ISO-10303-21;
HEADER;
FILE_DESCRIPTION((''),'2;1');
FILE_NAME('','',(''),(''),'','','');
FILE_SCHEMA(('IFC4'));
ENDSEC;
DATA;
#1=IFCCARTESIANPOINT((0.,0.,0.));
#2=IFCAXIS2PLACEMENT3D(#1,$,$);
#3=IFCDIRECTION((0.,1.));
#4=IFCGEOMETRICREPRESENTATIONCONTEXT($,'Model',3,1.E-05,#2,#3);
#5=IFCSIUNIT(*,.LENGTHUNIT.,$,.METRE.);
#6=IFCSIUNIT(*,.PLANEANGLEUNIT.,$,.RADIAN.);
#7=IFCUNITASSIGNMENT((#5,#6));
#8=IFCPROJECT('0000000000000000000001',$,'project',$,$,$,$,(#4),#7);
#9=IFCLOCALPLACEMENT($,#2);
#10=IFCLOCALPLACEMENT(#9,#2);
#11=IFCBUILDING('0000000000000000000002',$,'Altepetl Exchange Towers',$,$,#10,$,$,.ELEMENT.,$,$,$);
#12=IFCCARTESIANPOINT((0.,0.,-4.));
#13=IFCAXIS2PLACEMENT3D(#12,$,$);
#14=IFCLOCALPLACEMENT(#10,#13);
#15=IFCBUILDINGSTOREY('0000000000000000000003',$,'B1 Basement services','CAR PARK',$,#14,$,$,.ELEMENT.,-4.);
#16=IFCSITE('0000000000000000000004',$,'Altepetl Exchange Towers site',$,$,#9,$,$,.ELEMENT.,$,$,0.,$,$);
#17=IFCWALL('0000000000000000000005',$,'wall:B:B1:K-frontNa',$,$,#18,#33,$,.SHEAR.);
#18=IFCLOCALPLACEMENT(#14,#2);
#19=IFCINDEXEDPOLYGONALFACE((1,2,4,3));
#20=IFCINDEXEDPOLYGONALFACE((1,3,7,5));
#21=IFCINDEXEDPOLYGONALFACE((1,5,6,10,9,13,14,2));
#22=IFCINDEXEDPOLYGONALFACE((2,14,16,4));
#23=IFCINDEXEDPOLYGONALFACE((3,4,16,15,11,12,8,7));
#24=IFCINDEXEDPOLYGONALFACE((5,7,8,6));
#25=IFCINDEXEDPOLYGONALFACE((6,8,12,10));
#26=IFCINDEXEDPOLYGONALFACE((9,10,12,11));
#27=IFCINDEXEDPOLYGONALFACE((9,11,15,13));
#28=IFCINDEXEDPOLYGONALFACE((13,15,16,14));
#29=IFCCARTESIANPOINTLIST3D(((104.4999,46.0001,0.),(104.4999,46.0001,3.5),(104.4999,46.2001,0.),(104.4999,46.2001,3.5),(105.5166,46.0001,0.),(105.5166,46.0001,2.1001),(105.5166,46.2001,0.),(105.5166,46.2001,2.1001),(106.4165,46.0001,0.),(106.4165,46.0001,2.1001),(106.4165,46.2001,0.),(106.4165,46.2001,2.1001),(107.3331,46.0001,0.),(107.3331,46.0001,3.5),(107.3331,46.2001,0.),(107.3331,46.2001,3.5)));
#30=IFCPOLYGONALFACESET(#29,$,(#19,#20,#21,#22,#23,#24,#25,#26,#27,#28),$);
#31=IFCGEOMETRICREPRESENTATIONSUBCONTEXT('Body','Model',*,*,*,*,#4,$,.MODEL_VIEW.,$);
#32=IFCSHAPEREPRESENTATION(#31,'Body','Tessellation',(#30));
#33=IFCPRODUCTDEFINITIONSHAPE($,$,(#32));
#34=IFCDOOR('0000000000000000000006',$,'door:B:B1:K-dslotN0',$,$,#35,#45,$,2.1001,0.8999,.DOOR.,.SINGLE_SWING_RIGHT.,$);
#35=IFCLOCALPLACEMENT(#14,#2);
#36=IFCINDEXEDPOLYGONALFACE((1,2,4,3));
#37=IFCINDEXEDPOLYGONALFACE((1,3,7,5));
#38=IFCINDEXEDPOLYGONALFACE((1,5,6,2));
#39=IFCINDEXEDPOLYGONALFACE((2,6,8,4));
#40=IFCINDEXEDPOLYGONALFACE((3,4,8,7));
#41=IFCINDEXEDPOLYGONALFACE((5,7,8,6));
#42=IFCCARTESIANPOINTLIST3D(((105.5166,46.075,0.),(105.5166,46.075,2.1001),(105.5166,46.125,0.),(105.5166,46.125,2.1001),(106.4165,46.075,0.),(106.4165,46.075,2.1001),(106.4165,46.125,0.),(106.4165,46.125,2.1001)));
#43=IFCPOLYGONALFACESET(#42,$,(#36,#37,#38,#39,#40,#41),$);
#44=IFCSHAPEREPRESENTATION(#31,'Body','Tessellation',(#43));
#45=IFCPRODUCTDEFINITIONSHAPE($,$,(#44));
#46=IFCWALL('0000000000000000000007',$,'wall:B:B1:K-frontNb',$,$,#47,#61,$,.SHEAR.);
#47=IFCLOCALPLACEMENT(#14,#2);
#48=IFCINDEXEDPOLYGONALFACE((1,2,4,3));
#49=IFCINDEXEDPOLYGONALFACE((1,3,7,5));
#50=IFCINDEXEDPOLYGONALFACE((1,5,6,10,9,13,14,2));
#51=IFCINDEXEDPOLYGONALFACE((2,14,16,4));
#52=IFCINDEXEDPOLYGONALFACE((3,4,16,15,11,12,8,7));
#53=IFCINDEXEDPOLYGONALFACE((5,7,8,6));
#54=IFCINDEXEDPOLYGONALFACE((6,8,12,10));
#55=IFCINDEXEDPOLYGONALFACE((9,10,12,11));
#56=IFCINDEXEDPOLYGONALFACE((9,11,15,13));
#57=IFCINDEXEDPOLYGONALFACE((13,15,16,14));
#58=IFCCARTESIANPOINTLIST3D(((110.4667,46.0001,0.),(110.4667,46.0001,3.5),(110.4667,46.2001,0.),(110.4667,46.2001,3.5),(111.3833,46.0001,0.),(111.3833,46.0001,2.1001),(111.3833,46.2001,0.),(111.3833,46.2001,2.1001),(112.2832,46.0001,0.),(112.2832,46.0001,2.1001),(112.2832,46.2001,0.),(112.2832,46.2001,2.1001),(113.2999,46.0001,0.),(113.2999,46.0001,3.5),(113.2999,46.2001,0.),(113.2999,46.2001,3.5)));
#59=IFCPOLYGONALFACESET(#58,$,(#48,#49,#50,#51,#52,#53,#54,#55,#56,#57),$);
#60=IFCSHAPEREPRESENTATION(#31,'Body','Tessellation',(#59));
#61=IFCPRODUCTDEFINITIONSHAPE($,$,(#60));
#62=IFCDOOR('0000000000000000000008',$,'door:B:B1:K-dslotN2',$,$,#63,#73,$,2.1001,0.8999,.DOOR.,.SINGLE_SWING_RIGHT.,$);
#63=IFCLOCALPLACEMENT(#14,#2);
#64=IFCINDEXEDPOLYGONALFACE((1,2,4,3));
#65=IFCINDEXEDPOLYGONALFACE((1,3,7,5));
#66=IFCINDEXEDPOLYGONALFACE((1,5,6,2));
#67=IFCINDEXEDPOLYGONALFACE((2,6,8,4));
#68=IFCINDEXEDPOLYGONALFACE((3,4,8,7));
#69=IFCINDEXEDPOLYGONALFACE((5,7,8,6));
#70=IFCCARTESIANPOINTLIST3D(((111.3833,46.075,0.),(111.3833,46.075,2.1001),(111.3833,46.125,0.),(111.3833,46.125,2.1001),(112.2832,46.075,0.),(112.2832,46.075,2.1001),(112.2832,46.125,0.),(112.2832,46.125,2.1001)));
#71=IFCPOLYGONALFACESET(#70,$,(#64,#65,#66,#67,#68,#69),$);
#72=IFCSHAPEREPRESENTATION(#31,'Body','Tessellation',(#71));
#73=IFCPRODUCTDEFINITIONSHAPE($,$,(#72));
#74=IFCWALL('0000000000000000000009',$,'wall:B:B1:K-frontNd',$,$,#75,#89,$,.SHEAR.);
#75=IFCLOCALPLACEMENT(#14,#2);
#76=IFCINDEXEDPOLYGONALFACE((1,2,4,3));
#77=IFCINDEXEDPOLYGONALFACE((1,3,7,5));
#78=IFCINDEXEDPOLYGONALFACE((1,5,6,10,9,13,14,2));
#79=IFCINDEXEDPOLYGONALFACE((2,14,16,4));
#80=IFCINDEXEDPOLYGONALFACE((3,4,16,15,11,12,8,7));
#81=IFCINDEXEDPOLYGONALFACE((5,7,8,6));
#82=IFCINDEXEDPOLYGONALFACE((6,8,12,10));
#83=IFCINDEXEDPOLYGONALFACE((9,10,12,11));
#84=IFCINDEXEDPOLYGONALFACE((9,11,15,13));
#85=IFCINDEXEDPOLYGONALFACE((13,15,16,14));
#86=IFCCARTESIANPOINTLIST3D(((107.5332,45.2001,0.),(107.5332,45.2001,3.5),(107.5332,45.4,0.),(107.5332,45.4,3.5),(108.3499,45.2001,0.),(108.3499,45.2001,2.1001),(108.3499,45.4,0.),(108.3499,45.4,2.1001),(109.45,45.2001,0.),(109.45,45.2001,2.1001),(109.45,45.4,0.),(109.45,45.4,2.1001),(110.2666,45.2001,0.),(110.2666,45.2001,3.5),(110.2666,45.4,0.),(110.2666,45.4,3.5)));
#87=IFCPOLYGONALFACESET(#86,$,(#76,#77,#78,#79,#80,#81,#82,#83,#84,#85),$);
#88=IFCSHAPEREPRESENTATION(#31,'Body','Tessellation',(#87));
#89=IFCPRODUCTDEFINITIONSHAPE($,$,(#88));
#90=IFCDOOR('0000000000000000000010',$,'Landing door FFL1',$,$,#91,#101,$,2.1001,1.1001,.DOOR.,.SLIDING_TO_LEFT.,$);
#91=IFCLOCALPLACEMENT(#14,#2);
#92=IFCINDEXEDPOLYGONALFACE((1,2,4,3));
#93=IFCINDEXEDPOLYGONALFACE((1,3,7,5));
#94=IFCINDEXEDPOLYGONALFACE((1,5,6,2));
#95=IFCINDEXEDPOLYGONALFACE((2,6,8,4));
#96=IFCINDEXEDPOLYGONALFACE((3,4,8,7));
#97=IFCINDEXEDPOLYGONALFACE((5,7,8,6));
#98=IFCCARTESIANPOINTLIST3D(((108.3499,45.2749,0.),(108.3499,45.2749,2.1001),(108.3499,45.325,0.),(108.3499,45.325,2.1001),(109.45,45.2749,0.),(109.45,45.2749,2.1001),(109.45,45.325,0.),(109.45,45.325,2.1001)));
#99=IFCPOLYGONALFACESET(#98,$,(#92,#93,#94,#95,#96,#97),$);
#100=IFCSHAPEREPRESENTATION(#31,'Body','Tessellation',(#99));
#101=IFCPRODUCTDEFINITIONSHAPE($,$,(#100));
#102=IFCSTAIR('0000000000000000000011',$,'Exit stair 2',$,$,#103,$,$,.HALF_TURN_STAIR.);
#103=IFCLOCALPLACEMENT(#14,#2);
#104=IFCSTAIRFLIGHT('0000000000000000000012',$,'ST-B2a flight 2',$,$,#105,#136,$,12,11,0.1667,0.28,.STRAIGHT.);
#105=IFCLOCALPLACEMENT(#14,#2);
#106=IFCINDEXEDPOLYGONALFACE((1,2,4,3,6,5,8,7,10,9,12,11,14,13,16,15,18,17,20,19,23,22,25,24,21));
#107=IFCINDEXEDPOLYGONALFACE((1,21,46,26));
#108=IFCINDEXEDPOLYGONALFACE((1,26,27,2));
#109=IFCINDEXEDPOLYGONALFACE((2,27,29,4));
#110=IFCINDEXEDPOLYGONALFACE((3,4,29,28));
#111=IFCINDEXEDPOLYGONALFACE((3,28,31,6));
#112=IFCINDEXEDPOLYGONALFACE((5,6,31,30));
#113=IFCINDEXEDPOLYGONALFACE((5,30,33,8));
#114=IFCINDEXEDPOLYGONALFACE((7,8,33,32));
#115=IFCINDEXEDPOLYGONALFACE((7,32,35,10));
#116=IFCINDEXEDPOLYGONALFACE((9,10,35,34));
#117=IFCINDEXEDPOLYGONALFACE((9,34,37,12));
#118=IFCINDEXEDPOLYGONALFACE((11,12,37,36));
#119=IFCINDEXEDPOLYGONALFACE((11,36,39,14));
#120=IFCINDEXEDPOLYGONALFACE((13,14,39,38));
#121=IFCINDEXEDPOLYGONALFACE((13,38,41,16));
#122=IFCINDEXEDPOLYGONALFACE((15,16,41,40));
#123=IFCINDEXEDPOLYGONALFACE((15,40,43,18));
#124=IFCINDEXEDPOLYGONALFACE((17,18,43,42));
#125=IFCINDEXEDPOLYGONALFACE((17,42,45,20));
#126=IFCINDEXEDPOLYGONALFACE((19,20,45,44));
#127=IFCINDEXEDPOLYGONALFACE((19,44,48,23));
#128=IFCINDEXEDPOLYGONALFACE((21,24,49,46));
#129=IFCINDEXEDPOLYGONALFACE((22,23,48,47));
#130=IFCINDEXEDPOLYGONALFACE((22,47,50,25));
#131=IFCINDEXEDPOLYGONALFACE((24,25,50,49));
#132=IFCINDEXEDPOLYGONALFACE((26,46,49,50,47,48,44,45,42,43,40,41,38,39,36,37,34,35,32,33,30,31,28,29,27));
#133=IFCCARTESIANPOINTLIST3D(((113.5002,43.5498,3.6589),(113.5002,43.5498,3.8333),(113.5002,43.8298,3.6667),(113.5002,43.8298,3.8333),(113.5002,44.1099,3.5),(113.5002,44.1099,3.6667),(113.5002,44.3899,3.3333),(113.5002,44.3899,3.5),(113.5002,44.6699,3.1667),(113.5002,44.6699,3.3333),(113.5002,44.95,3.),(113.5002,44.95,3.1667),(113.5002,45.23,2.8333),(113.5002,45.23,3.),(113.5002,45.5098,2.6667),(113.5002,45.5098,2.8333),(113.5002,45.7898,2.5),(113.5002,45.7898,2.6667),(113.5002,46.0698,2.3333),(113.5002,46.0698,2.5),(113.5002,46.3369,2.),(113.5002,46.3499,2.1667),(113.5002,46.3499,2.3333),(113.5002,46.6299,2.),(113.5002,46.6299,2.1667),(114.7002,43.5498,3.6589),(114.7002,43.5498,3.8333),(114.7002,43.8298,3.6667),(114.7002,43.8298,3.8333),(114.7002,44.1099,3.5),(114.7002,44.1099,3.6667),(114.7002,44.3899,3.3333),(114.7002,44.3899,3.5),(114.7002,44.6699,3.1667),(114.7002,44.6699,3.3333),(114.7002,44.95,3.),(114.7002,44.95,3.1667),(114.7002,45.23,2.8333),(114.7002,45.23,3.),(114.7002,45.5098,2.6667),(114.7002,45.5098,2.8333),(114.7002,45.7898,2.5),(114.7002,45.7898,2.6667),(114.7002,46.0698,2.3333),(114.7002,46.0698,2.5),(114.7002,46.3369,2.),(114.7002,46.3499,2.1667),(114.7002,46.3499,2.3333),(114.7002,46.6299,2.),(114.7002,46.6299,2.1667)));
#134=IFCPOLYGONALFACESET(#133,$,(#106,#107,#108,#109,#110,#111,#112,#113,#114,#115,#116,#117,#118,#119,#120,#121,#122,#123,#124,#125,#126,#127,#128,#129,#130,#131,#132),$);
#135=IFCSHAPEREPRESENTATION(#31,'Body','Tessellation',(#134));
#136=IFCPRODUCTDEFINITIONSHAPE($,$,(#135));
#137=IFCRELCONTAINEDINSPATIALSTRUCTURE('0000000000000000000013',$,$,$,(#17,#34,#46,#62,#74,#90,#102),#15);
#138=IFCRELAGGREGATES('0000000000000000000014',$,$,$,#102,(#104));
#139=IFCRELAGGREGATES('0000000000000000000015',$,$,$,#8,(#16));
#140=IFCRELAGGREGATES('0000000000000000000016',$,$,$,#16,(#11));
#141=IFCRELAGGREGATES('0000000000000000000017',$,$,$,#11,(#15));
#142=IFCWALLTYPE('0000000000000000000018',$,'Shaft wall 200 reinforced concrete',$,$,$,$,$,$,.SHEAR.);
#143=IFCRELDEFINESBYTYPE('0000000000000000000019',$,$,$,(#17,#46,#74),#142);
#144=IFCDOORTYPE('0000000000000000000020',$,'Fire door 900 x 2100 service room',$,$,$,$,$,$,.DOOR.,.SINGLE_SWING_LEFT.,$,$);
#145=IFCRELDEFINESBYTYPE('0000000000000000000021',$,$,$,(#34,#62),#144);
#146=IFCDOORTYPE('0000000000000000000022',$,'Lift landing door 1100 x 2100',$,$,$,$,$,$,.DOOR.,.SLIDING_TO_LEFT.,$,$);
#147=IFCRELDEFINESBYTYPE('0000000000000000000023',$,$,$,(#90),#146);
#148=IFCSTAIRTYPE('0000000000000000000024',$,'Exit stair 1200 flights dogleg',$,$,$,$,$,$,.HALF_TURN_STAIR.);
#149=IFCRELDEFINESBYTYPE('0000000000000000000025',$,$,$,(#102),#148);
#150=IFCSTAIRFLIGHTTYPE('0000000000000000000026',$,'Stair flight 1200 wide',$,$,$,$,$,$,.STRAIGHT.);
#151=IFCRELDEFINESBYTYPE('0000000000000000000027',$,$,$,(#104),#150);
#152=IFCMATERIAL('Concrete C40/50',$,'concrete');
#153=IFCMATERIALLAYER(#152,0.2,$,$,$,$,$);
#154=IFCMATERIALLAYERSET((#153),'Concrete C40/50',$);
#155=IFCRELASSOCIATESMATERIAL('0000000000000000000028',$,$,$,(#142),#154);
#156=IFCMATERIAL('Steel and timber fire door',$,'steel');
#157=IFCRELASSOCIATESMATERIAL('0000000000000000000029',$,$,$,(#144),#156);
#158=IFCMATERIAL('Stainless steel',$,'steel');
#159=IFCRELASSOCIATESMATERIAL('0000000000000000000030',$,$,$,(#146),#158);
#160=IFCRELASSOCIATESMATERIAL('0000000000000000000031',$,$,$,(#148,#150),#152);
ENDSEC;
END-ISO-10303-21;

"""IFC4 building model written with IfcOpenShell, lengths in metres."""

from ifc_helpers import new_model, si_unit, direction, frame, frame_2d, origin, place, context, subcontext, project, spatial, polyline, rectangle, outline, extrude, material, layer, layer_set, type_object, element, fill, aggregate, save


model = new_model("IFC4")

# Units and contexts
model_context = context("Model", 3, precision=1e-05, world=origin(), true_north=direction((0.0, 1.0)))
body_context = subcontext(model_context, "Body", "Model", "MODEL_VIEW")
ifc_project = project(units=[si_unit("LENGTHUNIT", "METRE"), si_unit("PLANEANGLEUNIT", "RADIAN")], contexts=[model_context])

# Site, building, storey
site_placement = place(None, origin())
site = spatial("IfcSite", under=ifc_project, at=site_placement, Name="Altepetl Exchange Towers site", CompositionType="ELEMENT", RefElevation=0.0)
building_placement = place(site_placement, origin())
building = spatial("IfcBuilding", under=site, at=building_placement, Name="Altepetl Exchange Towers", CompositionType="ELEMENT")
storey_placement = place(building_placement, frame((0.0, 0.0, -4.0)))
storey = spatial("IfcBuildingStorey", under=building, at=storey_placement, Name="B1 Basement services", Description="CAR PARK", CompositionType="ELEMENT", Elevation=-4.0)

# Shared definitions
ifc_material_1 = material(Name="Concrete C40/50", Category="concrete")
ifc_layer_1 = layer(ifc_material_1, 0.2)
ifc_layer_set_1 = layer_set([ifc_layer_1], Name="Concrete C40/50")
wall_type_1 = type_object("IfcWallType", Name="Shaft wall 200 reinforced concrete", PredefinedType="SHEAR", material=ifc_layer_set_1)

# Walls, openings, doors
ifc_material_2 = material(Name="Steel and timber fire door", Category="steel")
wall_1_placement = place(storey_placement, frame((104.5, 46.1001, 0.0)))
wall_1 = element("IfcWall", 1, at=wall_1_placement, inside=storey, type_object=wall_type_1, Name="wall:B:B1:K-frontNa", PredefinedType="SHEAR", context=body_context, shape_type="SweptSolid", body=[
    extrude(rectangle(XDim=2.8333, YDim=0.2, at=frame_2d((1.4165, 0.0))), origin(), (0.0, 0.0, 1.0), 3.5),
])
opening_1_placement = place(wall_1_placement, frame((1.0166, 0.0, 0.0)))
opening_1 = element("IfcOpeningElement", 2, at=opening_1_placement, cuts=wall_1, PredefinedType="OPENING", context=body_context, shape_type="SweptSolid", body=[
    extrude(rectangle(XDim=0.8999, YDim=2.1001, at=frame_2d((0.45, 1.05))), frame((0.0, 0.1099, 0.0), z_axis=(0.0, -1.0, 0.0), x_axis=(1.0, 0.0, 0.0)), (0.0, 0.0, 1.0), 0.22),
])
door_type_1 = type_object("IfcDoorType", Name="Fire door 900 x 2100 service room", OperationType="SINGLE_SWING_LEFT", PredefinedType="DOOR", material=ifc_material_2)
door_1_placement = place(opening_1_placement, origin())
door_1 = element("IfcDoor", 3, at=door_1_placement, inside=storey, type_object=door_type_1, Name="door:B:B1:K-dslotN0", OperationType="SINGLE_SWING_RIGHT", OverallHeight=2.1001, OverallWidth=0.8999, PredefinedType="DOOR", context=body_context, shape_type="SweptSolid", body=[
    extrude(rectangle(XDim=0.8999, YDim=2.1001, at=frame_2d((0.45, 1.05))), frame((0.0, 0.0249, 0.0), z_axis=(0.0, -1.0, 0.0), x_axis=(1.0, 0.0, 0.0)), (0.0, 0.0, 1.0), 0.05),
])
fill(opening_1, door_1)
wall_2_placement = place(storey_placement, frame((110.4668, 46.1001, 0.0)))
wall_2 = element("IfcWall", 4, at=wall_2_placement, inside=storey, type_object=wall_type_1, Name="wall:B:B1:K-frontNb", PredefinedType="SHEAR", context=body_context, shape_type="SweptSolid", body=[
    extrude(rectangle(XDim=2.8333, YDim=0.2, at=frame_2d((1.4165, 0.0))), origin(), (0.0, 0.0, 1.0), 3.5),
])
opening_2_placement = place(wall_2_placement, frame((0.9165, 0.0, 0.0)))
opening_2 = element("IfcOpeningElement", 5, at=opening_2_placement, cuts=wall_2, PredefinedType="OPENING", context=body_context, shape_type="SweptSolid", body=[
    extrude(rectangle(XDim=0.8999, YDim=2.1001, at=frame_2d((0.45, 1.05))), frame((0.0, 0.1099, 0.0), z_axis=(0.0, -1.0, 0.0), x_axis=(1.0, 0.0, 0.0)), (0.0, 0.0, 1.0), 0.22),
])
door_2_placement = place(opening_2_placement, origin())
door_2 = element("IfcDoor", 6, at=door_2_placement, inside=storey, type_object=door_type_1, Name="door:B:B1:K-dslotN2", OperationType="SINGLE_SWING_RIGHT", OverallHeight=2.1001, OverallWidth=0.8999, PredefinedType="DOOR", context=body_context, shape_type="SweptSolid", body=[
    extrude(rectangle(XDim=0.8999, YDim=2.1001, at=frame_2d((0.45, 1.05))), frame((0.0, 0.0249, 0.0), z_axis=(0.0, -1.0, 0.0), x_axis=(1.0, 0.0, 0.0)), (0.0, 0.0, 1.0), 0.05),
])
fill(opening_2, door_2)
wall_3_placement = place(storey_placement, frame((107.5332, 45.3, 0.0)))
wall_3 = element("IfcWall", 7, at=wall_3_placement, inside=storey, type_object=wall_type_1, Name="wall:B:B1:K-frontNd", PredefinedType="SHEAR", context=body_context, shape_type="SweptSolid", body=[
    extrude(rectangle(XDim=2.7334, YDim=0.2, at=frame_2d((1.3667, 0.0))), origin(), (0.0, 0.0, 1.0), 3.5),
])
opening_3_placement = place(wall_3_placement, frame((0.8167, 0.0, 0.0)))
opening_3 = element("IfcOpeningElement", 8, at=opening_3_placement, cuts=wall_3, PredefinedType="OPENING", context=body_context, shape_type="SweptSolid", body=[
    extrude(rectangle(XDim=1.1001, YDim=2.1001, at=frame_2d((0.55, 1.05))), frame((0.0, 0.1099, 0.0), z_axis=(0.0, -1.0, 0.0), x_axis=(1.0, 0.0, 0.0)), (0.0, 0.0, 1.0), 0.22),
])
ifc_material_3 = material(Name="Stainless steel", Category="steel")
door_type_2 = type_object("IfcDoorType", Name="Lift landing door 1100 x 2100", OperationType="SLIDING_TO_LEFT", PredefinedType="DOOR", material=ifc_material_3)
door_3_placement = place(opening_3_placement, origin())
door_3 = element("IfcDoor", 9, at=door_3_placement, inside=storey, type_object=door_type_2, Name="Landing door FFL1", OperationType="SLIDING_TO_LEFT", OverallHeight=2.1001, OverallWidth=1.1001, PredefinedType="DOOR", context=body_context, shape_type="SweptSolid", body=[
    extrude(rectangle(XDim=1.1001, YDim=2.1001, at=frame_2d((0.55, 1.05))), frame((0.0, 0.0249, 0.0), z_axis=(0.0, -1.0, 0.0), x_axis=(1.0, 0.0, 0.0)), (0.0, 0.0, 1.0), 0.05),
])
fill(opening_3, door_3)

# Stair, stair flight
stair_type = type_object("IfcStairType", Name="Exit stair 1200 flights dogleg", PredefinedType="HALF_TURN_STAIR", material=ifc_material_1)
stair_placement = place(storey_placement, origin())
stair = element("IfcStair", 10, at=stair_placement, inside=storey, type_object=stair_type, Name="Exit stair 2", PredefinedType="HALF_TURN_STAIR")
stair_flight_type = type_object("IfcStairFlightType", Name="Stair flight 1200 wide", PredefinedType="STRAIGHT", material=ifc_material_1)
stair_flight_placement = place(storey_placement, frame((114.1001, 46.6299, 2.0), z_axis=(0.0, 0.0, 1.0), x_axis=(0.0, -1.0, 0.0)))
stair_flight = element("IfcStairFlight", 11, at=stair_flight_placement, type_object=stair_flight_type, Name="ST-B2a flight 2", NumberOfRisers=12, NumberOfTreads=11, PredefinedType="STRAIGHT", RiserHeight=0.1667, TreadLength=0.28, context=body_context, shape_type="SweptSolid", body=[
    extrude(outline(polyline([(0.0, 0.0), (0.0, 0.1667), (0.28, 0.1667), (0.28, 0.3333), (0.5601, 0.3333), (0.5601, 0.5), (0.8401, 0.5), (0.8401, 0.6667), (1.1201, 0.6667), (1.1201, 0.8333), (1.3999, 0.8333), (1.3999, 1.0), (1.6799, 1.0), (1.6799, 1.1667), (1.96, 1.1667), (1.96, 1.3333), (2.24, 1.3333), (2.24, 1.5), (2.52, 1.5), (2.52, 1.6667), (2.8, 1.6667), (2.8, 1.8333), (3.0801, 1.8333), (3.0801, 2.0), (3.0801, 1.6589), (0.293, 0.0), (0.0, 0.0)])), frame((0.0, 0.6001, 0.0), z_axis=(0.0, -1.0, 0.0), x_axis=(1.0, 0.0, 0.0)), (0.0, 0.0, 1.0), 1.2),
])
aggregate(stair, [stair_flight])

save(model, "model.ifc")
